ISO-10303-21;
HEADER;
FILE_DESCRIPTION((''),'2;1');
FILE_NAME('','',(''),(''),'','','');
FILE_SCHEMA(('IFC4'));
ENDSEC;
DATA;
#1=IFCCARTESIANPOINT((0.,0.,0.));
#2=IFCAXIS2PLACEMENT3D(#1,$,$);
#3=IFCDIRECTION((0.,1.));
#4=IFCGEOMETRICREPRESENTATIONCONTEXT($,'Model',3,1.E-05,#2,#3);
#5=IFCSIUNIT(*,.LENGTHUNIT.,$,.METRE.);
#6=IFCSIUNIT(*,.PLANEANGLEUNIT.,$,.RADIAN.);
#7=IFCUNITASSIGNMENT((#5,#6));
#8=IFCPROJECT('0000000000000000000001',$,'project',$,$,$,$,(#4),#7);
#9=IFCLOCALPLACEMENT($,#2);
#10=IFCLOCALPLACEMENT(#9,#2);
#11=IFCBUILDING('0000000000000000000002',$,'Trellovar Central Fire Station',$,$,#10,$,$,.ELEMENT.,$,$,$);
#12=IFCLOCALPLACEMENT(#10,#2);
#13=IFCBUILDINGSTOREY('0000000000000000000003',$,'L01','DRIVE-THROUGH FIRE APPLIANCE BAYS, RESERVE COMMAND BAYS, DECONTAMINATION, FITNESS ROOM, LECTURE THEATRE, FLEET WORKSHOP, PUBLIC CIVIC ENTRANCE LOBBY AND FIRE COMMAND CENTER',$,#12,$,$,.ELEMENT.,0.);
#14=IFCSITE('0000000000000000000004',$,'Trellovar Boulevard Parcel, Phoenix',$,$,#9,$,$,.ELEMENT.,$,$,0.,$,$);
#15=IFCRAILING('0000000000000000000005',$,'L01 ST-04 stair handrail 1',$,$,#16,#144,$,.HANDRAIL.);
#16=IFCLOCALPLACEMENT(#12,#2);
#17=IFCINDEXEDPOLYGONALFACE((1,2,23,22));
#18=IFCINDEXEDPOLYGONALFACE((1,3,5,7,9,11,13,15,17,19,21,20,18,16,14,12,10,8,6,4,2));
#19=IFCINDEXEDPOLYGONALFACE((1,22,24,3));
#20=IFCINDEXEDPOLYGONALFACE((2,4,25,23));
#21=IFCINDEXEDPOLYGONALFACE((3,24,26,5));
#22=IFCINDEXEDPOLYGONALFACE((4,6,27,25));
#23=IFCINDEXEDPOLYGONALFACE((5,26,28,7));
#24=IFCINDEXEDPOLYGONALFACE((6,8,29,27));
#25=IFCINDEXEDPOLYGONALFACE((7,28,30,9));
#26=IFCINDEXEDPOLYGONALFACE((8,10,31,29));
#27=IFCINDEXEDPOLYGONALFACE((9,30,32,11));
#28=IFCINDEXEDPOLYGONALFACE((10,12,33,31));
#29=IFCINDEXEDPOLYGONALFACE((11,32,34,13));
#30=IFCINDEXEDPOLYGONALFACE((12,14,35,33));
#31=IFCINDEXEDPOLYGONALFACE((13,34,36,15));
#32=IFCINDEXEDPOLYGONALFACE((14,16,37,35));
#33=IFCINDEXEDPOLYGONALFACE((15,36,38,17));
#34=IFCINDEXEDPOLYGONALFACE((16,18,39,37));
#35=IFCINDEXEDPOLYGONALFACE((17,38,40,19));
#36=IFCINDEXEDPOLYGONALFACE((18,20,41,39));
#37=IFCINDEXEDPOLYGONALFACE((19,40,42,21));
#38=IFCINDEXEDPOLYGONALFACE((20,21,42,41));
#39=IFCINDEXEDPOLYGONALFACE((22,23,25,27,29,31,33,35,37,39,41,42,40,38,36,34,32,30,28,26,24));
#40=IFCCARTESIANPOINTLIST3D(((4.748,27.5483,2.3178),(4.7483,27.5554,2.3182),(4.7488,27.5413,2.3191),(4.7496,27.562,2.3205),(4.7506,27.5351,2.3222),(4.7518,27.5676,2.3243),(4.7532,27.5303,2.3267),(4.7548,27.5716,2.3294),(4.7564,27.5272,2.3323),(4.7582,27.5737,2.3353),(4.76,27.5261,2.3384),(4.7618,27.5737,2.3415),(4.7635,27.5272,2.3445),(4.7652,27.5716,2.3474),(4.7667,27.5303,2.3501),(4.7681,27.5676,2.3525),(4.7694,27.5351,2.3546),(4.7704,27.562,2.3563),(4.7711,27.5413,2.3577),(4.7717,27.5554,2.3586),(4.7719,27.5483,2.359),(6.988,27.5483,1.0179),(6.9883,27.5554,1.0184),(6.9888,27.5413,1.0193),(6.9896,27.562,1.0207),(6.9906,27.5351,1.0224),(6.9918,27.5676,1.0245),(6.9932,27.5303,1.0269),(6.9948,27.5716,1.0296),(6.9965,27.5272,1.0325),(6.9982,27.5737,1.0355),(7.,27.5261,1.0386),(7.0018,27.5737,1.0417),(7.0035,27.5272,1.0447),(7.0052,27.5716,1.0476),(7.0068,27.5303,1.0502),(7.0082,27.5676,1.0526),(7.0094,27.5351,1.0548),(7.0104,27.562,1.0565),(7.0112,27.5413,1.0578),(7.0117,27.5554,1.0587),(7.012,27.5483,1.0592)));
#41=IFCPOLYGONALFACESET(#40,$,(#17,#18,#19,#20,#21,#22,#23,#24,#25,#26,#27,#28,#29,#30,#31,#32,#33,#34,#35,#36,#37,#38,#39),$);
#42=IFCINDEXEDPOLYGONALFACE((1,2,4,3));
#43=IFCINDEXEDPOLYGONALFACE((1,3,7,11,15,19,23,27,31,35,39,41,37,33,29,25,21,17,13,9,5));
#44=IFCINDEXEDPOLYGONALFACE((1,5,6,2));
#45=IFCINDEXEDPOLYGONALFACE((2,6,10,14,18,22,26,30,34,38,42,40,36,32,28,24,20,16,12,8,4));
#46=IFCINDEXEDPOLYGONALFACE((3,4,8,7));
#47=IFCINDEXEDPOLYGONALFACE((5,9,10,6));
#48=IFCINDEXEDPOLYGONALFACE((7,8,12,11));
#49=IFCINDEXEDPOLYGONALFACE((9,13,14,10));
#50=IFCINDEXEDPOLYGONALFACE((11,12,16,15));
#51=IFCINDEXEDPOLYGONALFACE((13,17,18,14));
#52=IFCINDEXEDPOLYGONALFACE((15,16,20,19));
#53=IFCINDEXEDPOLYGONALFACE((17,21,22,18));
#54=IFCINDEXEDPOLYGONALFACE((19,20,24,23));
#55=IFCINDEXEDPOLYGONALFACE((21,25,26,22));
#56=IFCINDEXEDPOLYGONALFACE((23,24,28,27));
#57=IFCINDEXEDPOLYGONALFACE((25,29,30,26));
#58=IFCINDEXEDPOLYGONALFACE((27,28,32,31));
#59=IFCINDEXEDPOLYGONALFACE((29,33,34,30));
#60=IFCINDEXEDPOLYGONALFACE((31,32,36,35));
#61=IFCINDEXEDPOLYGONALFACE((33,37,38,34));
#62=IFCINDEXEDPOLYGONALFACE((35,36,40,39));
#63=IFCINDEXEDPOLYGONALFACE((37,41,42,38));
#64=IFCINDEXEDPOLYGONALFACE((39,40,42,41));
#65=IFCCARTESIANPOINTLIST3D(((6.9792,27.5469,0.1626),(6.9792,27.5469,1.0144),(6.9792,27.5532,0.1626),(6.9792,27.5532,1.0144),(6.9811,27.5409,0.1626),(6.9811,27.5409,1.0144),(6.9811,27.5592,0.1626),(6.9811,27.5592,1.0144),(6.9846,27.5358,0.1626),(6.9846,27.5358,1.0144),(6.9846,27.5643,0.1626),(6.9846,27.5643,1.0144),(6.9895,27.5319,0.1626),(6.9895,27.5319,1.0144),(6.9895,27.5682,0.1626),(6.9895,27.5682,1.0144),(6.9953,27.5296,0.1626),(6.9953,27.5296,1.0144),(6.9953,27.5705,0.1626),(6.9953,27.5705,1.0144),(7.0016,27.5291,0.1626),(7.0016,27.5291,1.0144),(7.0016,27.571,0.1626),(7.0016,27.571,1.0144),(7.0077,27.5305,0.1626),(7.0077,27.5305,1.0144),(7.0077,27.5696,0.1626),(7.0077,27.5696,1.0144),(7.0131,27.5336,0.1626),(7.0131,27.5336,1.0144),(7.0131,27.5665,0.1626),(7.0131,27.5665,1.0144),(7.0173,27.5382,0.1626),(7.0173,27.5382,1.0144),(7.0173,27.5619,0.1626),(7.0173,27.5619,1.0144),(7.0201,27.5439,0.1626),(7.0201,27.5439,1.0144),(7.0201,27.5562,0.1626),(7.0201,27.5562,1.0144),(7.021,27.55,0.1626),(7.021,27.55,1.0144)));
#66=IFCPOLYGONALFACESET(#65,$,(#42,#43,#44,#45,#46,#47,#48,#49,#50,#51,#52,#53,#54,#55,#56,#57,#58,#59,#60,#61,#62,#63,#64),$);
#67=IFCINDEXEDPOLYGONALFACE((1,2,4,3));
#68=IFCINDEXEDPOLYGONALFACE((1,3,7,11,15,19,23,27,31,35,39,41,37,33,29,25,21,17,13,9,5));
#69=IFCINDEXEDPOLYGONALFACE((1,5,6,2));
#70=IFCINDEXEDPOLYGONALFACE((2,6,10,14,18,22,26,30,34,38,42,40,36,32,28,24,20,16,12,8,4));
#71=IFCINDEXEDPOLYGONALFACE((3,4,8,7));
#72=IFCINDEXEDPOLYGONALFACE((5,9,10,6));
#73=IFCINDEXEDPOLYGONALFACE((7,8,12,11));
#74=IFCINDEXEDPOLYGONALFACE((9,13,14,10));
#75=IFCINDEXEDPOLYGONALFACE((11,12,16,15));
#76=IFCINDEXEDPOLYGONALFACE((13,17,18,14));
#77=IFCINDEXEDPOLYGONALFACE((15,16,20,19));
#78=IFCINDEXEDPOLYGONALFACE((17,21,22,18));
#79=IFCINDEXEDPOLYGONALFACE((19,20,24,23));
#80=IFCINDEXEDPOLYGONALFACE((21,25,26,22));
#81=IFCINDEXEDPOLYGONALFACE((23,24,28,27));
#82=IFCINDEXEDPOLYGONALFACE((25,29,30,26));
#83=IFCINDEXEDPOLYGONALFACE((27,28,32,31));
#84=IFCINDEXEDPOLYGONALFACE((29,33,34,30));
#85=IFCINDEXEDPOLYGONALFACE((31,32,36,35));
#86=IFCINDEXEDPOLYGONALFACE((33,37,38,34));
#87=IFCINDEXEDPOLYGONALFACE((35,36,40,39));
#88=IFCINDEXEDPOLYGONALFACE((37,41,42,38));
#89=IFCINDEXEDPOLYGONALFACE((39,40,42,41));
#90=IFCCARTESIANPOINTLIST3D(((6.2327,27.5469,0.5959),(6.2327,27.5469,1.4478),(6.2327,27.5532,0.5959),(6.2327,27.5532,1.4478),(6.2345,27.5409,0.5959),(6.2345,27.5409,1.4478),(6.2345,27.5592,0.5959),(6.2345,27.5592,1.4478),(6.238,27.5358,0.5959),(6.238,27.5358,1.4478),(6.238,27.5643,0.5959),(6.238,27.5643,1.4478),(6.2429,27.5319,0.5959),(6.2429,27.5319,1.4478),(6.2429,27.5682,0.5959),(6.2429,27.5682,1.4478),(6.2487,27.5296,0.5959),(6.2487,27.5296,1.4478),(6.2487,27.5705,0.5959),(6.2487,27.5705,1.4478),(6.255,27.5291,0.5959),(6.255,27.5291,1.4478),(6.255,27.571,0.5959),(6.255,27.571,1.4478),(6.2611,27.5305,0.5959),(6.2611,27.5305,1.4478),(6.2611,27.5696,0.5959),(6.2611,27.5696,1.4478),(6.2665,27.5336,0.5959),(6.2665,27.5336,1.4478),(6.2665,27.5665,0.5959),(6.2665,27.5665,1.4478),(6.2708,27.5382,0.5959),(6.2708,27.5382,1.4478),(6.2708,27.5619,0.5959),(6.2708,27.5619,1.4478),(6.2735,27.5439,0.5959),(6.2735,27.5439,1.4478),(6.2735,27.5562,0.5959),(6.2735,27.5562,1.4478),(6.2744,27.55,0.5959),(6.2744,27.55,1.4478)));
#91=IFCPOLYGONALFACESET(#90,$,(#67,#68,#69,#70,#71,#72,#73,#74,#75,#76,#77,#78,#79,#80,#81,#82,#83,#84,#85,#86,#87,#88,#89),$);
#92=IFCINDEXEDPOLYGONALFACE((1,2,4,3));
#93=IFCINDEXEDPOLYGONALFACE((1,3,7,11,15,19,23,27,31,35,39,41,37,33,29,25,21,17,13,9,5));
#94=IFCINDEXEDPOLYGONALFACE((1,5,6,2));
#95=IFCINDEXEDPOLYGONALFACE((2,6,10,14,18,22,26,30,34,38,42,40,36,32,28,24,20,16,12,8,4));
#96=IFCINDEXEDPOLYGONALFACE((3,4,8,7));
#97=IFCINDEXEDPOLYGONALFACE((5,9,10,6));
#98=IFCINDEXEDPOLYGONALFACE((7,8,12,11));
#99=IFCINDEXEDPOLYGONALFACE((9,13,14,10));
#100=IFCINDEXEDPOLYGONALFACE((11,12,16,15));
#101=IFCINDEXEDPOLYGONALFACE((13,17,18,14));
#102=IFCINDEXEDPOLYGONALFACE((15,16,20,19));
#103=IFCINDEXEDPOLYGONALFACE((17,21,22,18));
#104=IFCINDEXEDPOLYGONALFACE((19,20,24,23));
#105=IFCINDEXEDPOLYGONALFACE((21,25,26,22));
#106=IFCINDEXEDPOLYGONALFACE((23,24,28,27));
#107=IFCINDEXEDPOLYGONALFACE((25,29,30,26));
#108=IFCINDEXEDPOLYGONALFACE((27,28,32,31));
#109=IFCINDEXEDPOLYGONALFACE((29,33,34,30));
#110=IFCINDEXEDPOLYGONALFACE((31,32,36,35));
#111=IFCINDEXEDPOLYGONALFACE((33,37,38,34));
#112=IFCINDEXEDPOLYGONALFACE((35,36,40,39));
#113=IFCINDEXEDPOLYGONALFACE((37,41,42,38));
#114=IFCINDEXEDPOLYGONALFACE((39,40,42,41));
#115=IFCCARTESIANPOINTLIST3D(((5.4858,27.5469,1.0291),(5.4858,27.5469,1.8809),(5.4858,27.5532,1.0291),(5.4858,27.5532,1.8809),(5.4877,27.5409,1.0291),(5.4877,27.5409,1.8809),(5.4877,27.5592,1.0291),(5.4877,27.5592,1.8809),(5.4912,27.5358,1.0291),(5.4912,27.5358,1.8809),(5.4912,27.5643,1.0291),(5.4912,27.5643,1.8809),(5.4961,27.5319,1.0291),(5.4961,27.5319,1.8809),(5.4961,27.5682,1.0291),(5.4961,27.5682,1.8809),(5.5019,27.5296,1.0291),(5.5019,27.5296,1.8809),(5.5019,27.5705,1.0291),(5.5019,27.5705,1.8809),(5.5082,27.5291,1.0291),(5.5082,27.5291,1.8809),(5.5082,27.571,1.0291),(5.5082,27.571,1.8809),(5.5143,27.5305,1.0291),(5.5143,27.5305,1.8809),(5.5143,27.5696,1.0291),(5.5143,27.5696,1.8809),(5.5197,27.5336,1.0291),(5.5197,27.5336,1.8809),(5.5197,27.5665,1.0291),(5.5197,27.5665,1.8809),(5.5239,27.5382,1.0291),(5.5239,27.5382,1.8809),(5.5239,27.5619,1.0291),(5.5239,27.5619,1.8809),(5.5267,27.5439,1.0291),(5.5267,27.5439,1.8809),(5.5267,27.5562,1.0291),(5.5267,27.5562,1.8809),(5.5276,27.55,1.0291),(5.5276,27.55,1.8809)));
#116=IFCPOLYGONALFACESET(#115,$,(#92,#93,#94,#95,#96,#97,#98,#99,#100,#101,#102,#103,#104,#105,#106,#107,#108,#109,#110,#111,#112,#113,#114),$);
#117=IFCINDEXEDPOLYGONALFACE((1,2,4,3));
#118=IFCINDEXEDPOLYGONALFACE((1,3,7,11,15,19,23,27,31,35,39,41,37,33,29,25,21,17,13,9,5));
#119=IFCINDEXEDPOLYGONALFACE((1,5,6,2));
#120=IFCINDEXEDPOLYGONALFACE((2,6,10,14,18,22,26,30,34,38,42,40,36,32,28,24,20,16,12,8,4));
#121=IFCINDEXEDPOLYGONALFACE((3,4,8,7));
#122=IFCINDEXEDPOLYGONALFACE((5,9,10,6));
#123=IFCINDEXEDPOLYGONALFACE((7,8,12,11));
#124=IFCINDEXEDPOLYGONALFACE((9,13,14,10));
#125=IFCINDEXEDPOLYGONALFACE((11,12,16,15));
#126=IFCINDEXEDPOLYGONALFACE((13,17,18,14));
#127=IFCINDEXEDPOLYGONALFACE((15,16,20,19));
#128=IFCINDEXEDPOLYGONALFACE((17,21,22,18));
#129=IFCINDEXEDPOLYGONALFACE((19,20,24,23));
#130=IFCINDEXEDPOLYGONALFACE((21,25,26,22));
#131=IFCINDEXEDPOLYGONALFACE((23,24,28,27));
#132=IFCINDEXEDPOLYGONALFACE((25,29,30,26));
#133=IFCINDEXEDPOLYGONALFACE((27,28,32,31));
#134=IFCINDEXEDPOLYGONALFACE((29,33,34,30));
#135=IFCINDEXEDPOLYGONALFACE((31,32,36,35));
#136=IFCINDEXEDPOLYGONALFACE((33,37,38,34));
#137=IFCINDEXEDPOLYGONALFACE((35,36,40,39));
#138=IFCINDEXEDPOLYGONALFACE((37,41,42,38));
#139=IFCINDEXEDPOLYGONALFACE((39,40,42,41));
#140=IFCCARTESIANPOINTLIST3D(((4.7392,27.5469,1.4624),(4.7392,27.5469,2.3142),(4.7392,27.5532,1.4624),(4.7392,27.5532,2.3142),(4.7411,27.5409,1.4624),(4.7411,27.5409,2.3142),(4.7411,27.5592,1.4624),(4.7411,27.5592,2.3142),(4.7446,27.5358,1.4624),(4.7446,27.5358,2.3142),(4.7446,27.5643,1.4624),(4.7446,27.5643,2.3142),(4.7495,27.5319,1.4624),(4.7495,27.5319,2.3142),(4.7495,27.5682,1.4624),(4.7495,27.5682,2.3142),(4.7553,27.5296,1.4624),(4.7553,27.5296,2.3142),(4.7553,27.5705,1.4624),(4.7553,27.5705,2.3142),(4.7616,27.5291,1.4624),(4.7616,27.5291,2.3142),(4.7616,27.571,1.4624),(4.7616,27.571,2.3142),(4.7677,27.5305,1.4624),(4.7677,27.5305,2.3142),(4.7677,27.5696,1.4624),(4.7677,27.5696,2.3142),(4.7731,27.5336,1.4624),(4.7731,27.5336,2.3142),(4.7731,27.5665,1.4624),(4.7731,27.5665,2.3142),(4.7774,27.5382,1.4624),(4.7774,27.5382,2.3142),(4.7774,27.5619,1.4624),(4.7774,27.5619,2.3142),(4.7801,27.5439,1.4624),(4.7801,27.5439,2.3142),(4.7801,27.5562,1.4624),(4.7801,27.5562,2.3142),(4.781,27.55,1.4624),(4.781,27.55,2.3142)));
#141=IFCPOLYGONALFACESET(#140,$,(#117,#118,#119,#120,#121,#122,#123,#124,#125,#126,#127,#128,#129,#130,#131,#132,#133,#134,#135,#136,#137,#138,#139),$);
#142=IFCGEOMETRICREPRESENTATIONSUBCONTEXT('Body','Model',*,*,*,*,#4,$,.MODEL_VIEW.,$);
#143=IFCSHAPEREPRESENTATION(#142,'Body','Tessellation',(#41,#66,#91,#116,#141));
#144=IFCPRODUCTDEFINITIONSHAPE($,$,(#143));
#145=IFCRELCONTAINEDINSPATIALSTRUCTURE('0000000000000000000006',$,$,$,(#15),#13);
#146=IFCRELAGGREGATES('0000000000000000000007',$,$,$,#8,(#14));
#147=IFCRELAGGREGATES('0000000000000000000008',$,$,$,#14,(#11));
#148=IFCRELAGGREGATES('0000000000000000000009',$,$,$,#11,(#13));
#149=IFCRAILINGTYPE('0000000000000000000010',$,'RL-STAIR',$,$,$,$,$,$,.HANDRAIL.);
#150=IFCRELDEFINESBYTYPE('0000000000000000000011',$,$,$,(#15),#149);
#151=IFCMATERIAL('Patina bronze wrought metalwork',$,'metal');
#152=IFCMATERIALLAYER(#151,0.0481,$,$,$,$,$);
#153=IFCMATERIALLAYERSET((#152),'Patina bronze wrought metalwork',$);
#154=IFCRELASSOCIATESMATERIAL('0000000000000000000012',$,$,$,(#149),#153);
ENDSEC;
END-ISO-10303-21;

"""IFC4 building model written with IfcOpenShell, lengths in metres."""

from ifc_helpers import new_model, si_unit, direction, frame, origin, origin_2d, place, context, subcontext, project, spatial, circle, extrude, material, layer, layer_set, type_object, element, save


model = new_model("IFC4")

# Units and contexts
model_context = context("Model", 3, precision=1e-05, world=origin(), true_north=direction((0.0, 1.0)))
body_context = subcontext(model_context, "Body", "Model", "MODEL_VIEW")
ifc_project = project(units=[si_unit("LENGTHUNIT", "METRE"), si_unit("PLANEANGLEUNIT", "RADIAN")], contexts=[model_context])

# Site, building, storey
site_placement = place(None, origin())
site = spatial("IfcSite", under=ifc_project, at=site_placement, Name="Trellovar Boulevard Parcel, Phoenix", CompositionType="ELEMENT", RefElevation=0.0)
building_placement = place(site_placement, origin())
building = spatial("IfcBuilding", under=site, at=building_placement, Name="Trellovar Central Fire Station", CompositionType="ELEMENT")
storey_placement = place(building_placement, origin())
storey = spatial("IfcBuildingStorey", under=building, at=storey_placement, Name="L01", Description="DRIVE-THROUGH FIRE APPLIANCE BAYS, RESERVE COMMAND BAYS, DECONTAMINATION, FITNESS ROOM, LECTURE THEATRE, FLEET WORKSHOP, PUBLIC CIVIC ENTRANCE LOBBY AND FIRE COMMAND CENTER", CompositionType="ELEMENT", Elevation=0.0)

# Railing
ifc_material_1 = material(Name="Patina bronze wrought metalwork", Category="metal")
ifc_layer_1 = layer(ifc_material_1, 0.0481)
ifc_layer_set_1 = layer_set([ifc_layer_1], Name="Patina bronze wrought metalwork")
railing_type_1 = type_object("IfcRailingType", Name="RL-STAIR", PredefinedType="HANDRAIL", material=ifc_layer_set_1)
railing_1_placement = place(storey_placement, frame((7.0, 27.55, 0.1626)))
element("IfcRailing", 1, at=railing_1_placement, inside=storey, type_object=railing_type_1, Name="L01 ST-04 stair handrail 1", PredefinedType="HANDRAIL", context=body_context, shape_type="SweptSolid", body=[
    extrude(circle(Radius=0.0239, at=origin_2d()), frame((0.0, 0.0, 0.876), z_axis=(-0.864929, 0.0, 0.501894), x_axis=(0.0, -1.0, 0.0)), (0.0, 0.0, 1.0), 2.5898),
    extrude(circle(Radius=0.021, at=origin_2d()), origin(), (0.0, 0.0, 1.0), 0.8518),
    extrude(circle(Radius=0.021, at=origin_2d()), frame((-0.7466, 0.0, 0.4333)), (0.0, 0.0, 1.0), 0.8518),
    extrude(circle(Radius=0.021, at=origin_2d()), frame((-1.4934, 0.0, 0.8665)), (0.0, 0.0, 1.0), 0.8518),
    extrude(circle(Radius=0.021, at=origin_2d()), frame((-2.24, 0.0, 1.2998)), (0.0, 0.0, 1.0), 0.8518),
])

save(model, "model.ifc")
